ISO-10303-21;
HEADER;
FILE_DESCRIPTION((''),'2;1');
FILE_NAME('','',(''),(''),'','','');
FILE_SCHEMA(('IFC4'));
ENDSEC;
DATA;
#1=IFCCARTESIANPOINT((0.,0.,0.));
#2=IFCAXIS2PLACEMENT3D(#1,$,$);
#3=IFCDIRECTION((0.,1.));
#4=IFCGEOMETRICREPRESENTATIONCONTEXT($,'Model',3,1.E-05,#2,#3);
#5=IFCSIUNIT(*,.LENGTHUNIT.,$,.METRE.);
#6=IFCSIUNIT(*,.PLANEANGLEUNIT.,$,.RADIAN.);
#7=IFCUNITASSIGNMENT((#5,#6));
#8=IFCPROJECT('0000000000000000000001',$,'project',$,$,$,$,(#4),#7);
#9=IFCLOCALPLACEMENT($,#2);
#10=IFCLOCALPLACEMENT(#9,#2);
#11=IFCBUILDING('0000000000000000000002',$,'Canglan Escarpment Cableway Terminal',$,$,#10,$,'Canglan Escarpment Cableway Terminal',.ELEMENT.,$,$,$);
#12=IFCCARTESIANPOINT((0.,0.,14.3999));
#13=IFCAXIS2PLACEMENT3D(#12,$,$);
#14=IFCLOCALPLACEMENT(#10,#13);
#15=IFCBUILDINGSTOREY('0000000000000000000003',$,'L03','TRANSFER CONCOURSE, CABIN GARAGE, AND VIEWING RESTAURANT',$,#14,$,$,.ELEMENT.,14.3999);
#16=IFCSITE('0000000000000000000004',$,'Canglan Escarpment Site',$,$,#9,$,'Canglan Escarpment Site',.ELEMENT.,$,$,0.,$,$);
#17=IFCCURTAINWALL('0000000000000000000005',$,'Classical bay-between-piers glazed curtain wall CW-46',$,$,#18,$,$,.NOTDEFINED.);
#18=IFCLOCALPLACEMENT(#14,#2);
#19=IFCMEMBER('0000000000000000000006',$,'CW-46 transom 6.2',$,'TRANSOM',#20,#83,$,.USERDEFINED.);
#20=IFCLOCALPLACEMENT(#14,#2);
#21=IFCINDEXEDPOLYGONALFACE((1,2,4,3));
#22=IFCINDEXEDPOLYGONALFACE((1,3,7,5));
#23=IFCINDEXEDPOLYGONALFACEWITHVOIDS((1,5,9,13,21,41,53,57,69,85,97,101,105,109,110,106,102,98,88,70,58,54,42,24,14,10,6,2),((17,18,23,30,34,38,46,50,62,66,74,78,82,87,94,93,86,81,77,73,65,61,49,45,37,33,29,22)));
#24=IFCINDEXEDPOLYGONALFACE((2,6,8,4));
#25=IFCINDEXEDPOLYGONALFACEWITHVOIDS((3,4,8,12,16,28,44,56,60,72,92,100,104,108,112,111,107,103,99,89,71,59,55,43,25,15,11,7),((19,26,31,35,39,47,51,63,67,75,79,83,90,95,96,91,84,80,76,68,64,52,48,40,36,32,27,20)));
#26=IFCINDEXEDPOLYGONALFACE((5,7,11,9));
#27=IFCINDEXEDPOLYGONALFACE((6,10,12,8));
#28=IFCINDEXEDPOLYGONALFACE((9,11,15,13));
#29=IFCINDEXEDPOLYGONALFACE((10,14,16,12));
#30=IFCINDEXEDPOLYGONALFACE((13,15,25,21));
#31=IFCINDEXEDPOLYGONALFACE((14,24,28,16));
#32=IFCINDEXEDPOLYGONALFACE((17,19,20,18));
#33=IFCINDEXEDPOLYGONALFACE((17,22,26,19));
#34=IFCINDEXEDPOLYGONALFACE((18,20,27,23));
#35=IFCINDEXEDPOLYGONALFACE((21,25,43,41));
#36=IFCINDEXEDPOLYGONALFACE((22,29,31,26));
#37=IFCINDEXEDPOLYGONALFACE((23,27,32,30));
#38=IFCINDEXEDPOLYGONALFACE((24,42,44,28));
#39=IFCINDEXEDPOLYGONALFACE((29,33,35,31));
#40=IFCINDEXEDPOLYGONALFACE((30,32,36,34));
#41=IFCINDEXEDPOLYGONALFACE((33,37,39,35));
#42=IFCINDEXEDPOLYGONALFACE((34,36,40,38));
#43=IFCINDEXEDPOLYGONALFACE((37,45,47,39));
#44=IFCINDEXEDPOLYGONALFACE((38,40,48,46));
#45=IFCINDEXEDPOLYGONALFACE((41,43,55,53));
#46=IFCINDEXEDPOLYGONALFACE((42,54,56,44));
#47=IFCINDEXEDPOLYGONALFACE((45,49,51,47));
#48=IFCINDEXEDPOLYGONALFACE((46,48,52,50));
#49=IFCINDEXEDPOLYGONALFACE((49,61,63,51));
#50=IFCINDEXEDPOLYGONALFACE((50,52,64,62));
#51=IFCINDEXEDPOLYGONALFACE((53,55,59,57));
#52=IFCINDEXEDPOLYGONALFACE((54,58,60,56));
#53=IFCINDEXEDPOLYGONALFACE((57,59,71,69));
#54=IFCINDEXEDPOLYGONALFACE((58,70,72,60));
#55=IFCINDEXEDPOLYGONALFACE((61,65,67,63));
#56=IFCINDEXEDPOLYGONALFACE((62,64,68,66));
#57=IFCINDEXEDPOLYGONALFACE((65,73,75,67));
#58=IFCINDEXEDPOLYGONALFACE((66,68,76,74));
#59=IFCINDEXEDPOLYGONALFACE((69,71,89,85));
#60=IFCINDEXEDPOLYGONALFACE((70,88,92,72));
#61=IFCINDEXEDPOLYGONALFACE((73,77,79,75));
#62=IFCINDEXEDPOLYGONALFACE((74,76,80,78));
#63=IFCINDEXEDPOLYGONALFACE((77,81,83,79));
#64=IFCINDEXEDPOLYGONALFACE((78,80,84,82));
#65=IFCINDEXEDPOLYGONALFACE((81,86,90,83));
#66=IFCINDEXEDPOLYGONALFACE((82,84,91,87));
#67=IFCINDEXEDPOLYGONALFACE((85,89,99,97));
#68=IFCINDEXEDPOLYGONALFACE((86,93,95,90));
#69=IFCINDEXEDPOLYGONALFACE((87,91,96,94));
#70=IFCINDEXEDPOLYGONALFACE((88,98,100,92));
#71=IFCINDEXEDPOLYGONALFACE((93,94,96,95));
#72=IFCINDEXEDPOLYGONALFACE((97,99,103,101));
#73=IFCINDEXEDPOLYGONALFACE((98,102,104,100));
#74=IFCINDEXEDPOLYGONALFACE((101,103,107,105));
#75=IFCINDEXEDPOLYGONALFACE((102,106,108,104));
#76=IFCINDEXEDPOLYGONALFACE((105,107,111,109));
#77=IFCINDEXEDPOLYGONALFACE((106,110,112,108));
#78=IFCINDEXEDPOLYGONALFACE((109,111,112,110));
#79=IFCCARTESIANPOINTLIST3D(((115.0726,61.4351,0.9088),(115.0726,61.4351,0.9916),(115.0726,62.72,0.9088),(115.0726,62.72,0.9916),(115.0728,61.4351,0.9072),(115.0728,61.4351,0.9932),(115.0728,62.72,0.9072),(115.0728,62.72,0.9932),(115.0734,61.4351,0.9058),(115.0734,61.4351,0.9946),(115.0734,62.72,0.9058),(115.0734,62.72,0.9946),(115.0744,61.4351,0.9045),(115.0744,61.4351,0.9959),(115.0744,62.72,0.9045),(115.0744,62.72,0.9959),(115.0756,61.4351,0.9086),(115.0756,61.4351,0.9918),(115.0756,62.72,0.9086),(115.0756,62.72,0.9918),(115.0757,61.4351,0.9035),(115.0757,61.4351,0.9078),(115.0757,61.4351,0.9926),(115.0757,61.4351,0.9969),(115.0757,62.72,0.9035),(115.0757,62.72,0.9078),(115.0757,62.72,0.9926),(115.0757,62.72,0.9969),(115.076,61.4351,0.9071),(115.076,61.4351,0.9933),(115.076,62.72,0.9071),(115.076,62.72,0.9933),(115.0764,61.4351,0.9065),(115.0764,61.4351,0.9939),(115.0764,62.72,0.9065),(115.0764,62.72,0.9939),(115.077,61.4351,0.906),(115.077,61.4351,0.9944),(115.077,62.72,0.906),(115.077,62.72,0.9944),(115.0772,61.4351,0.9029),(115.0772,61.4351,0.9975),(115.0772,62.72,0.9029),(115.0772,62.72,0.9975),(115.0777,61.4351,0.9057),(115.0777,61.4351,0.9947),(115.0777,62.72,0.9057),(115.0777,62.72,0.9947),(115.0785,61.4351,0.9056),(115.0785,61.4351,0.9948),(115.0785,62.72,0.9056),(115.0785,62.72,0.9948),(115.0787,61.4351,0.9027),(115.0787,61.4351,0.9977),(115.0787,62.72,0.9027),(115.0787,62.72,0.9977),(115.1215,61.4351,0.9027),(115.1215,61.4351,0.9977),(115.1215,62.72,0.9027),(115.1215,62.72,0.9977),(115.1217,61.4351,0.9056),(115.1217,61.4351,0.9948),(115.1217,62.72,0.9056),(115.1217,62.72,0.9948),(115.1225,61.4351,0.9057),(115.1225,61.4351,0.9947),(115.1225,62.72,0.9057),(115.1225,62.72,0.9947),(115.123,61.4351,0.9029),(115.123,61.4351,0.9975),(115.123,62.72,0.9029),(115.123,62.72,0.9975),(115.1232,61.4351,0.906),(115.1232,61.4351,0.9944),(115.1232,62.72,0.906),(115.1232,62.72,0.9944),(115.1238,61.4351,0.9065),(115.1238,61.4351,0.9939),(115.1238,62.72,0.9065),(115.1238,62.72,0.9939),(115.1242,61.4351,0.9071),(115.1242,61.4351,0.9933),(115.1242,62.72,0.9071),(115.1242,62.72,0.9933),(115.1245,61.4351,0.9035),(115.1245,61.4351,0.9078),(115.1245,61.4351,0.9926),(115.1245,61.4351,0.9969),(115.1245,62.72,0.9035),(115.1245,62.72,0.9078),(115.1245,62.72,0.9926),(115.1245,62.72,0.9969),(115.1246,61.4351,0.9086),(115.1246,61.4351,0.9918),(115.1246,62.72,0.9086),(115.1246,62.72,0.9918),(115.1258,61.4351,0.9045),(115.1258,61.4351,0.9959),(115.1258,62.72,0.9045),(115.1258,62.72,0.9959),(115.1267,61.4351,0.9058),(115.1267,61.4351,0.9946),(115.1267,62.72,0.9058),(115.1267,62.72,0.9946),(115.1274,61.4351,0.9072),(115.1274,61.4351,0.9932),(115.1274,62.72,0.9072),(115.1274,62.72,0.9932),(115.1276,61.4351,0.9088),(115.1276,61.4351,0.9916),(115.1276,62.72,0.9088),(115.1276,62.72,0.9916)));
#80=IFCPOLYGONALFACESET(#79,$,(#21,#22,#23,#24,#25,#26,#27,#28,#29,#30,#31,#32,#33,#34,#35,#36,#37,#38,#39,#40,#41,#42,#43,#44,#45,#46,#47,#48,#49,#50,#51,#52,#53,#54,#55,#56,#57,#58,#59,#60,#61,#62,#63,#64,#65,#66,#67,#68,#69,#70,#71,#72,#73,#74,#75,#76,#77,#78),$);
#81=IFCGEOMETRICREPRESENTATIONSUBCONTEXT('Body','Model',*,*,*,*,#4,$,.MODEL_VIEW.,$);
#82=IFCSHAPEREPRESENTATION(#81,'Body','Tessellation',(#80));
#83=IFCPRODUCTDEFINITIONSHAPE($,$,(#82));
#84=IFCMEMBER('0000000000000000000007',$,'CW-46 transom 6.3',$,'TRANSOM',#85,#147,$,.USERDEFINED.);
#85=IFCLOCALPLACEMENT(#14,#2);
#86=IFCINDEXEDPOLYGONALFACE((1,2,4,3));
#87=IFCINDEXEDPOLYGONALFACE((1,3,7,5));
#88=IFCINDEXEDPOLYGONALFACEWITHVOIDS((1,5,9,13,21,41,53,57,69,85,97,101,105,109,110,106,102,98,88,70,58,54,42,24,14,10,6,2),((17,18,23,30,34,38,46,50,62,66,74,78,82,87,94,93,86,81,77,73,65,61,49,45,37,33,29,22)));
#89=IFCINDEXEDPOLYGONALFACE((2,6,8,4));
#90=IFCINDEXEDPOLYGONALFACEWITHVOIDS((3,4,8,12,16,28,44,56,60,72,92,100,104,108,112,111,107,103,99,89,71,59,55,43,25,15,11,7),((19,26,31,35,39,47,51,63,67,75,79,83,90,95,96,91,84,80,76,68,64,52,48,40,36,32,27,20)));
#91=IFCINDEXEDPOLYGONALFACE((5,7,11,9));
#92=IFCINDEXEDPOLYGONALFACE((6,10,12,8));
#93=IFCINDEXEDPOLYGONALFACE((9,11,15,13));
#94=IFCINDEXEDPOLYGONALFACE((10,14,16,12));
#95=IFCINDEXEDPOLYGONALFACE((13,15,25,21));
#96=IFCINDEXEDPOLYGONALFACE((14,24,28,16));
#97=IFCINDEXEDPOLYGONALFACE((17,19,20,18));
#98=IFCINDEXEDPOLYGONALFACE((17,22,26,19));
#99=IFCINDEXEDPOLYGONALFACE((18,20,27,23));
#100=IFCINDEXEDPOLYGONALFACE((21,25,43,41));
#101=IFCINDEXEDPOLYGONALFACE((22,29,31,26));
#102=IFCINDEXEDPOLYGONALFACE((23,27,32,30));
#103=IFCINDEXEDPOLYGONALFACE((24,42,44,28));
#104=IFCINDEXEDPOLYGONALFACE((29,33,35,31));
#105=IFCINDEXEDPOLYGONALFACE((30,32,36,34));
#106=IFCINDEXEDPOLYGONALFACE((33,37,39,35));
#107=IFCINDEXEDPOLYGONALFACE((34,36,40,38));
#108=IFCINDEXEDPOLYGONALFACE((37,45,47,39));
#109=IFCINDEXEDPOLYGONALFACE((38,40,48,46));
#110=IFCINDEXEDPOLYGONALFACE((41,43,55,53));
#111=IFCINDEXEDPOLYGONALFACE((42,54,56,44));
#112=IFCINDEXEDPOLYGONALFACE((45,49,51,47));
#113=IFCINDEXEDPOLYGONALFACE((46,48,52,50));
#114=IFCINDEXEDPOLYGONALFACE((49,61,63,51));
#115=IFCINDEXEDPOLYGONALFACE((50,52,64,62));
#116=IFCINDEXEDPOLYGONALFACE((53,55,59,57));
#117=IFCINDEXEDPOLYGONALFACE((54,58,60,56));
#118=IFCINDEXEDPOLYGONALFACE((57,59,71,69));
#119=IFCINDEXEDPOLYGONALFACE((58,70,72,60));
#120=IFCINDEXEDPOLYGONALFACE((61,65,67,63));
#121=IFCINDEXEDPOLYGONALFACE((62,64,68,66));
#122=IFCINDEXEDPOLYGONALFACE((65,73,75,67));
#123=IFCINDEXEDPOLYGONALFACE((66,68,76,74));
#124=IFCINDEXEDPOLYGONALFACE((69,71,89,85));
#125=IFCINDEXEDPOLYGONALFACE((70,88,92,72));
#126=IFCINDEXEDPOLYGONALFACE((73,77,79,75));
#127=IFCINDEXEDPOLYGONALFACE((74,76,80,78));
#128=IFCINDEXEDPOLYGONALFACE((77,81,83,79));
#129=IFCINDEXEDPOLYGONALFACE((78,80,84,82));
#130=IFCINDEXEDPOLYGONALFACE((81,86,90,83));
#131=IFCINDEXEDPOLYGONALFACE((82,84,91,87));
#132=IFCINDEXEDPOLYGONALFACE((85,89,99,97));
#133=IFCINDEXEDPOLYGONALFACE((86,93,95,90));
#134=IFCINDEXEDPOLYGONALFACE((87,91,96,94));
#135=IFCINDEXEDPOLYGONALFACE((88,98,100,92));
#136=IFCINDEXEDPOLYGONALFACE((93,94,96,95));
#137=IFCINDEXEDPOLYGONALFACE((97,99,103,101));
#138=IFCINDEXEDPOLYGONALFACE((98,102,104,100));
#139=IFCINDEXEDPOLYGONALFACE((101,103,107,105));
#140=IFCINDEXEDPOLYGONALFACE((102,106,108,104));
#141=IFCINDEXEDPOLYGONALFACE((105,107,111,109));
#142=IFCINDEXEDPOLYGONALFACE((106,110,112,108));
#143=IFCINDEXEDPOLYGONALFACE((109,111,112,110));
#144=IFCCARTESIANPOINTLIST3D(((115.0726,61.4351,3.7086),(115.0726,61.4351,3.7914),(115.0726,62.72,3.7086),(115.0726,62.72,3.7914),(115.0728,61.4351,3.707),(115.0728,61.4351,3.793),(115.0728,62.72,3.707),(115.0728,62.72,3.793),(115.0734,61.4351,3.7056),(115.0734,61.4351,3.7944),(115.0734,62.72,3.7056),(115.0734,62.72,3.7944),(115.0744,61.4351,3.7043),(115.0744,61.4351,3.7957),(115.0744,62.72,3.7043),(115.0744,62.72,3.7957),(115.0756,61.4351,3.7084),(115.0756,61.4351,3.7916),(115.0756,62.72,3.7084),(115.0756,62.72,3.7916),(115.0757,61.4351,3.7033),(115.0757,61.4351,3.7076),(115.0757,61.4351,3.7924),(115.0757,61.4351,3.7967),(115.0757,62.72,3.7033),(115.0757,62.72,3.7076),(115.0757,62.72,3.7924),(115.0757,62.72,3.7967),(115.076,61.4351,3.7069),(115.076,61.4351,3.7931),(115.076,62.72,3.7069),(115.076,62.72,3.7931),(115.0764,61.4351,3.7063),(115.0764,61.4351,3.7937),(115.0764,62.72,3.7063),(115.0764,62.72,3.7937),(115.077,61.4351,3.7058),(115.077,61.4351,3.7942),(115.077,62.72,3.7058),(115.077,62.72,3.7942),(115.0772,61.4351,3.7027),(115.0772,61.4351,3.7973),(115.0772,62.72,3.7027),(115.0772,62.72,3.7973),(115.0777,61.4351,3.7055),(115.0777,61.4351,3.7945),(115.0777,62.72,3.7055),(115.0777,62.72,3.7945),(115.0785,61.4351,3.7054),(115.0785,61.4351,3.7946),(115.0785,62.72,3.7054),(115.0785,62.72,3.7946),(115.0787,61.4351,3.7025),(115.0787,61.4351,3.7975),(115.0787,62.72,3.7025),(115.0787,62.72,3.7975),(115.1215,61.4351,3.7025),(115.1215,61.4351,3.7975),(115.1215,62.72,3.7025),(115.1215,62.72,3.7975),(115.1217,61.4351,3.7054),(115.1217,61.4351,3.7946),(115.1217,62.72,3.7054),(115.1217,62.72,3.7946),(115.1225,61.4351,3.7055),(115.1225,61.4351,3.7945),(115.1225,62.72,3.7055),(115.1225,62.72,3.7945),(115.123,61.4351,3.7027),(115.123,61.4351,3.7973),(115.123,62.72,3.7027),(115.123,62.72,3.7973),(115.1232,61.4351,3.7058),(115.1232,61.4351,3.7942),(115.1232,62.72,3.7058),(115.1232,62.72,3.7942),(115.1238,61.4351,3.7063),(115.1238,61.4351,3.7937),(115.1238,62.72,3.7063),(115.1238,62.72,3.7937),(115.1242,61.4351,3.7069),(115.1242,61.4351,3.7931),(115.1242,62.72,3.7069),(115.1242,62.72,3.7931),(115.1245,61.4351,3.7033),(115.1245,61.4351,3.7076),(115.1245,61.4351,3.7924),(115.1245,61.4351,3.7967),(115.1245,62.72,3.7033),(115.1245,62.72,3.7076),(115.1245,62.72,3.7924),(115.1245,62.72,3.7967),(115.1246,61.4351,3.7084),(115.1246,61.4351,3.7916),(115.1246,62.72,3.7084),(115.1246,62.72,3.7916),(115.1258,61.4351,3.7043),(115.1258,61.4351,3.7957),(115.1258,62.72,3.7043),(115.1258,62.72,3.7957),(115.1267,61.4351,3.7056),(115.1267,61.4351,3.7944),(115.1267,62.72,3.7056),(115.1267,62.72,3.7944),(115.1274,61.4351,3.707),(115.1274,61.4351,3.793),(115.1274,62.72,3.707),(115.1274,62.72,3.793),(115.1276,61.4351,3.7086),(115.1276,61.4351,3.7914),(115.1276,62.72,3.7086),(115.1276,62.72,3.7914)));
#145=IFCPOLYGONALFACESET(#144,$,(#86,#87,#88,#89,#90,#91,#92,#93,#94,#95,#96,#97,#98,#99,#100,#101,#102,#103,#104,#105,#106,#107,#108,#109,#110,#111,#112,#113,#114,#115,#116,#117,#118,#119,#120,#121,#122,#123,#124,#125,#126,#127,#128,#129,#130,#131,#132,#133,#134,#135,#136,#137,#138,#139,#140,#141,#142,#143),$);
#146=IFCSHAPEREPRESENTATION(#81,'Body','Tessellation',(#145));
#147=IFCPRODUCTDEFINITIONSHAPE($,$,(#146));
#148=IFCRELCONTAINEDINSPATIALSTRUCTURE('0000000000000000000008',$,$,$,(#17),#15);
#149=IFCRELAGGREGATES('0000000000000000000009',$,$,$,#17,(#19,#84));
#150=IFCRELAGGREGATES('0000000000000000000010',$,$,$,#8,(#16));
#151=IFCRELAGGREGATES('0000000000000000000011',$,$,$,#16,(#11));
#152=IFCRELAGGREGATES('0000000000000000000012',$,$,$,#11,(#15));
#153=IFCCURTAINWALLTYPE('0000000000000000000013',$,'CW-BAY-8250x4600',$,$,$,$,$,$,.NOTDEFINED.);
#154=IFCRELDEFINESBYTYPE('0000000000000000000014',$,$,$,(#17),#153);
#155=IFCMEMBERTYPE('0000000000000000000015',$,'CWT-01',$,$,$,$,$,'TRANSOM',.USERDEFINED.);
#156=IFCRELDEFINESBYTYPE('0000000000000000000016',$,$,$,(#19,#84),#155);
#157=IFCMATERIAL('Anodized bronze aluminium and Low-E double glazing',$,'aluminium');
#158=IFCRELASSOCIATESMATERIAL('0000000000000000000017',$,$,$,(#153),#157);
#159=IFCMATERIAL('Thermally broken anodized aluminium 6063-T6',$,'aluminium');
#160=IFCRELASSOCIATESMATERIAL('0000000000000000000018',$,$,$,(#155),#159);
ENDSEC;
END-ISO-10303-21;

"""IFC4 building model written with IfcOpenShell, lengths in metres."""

from ifc_helpers import new_model, si_unit, direction, frame, origin, origin_2d, place, context, subcontext, project, spatial, hollow_rectangle, extrude, material, material_profile, profile_set, type_object, element, aggregate, save


model = new_model("IFC4")

# Units and contexts
model_context = context("Model", 3, precision=1e-05, world=origin(), true_north=direction((0.0, 1.0)))
body_context = subcontext(model_context, "Body", "Model", "MODEL_VIEW")
ifc_project = project(units=[si_unit("LENGTHUNIT", "METRE"), si_unit("PLANEANGLEUNIT", "RADIAN")], contexts=[model_context])

# Site, building, storey
site_placement = place(None, origin())
site = spatial("IfcSite", under=ifc_project, at=site_placement, Name="Canglan Escarpment Site", LongName="Canglan Escarpment Site", CompositionType="ELEMENT", RefElevation=0.0)
building_placement = place(site_placement, origin())
building = spatial("IfcBuilding", under=site, at=building_placement, Name="Canglan Escarpment Cableway Terminal", LongName="Canglan Escarpment Cableway Terminal", CompositionType="ELEMENT")
storey_placement = place(building_placement, frame((0.0, 0.0, 14.3999)))
storey = spatial("IfcBuildingStorey", under=building, at=storey_placement, Name="L03", Description="TRANSFER CONCOURSE, CABIN GARAGE, AND VIEWING RESTAURANT", CompositionType="ELEMENT", Elevation=14.3999)

# Curtain wall, members
ifc_material_1 = material(Name="Anodized bronze aluminium and Low-E double glazing", Category="aluminium")
curtain_wall_type = type_object("IfcCurtainWallType", Name="CW-BAY-8250x4600", PredefinedType="NOTDEFINED", material=ifc_material_1)
curtain_wall_placement = place(storey_placement, origin())
curtain_wall = element("IfcCurtainWall", 1, at=curtain_wall_placement, inside=storey, type_object=curtain_wall_type, Name="Classical bay-between-piers glazed curtain wall CW-46", PredefinedType="NOTDEFINED")
ifc_material_2 = material(Name="Thermally broken anodized aluminium 6063-T6", Category="aluminium")
ifc_material_profile_1 = material_profile(ifc_material_2, hollow_rectangle(XDim=0.0549, YDim=0.095, WallThickness=0.0029, InnerFilletRadius=0.0029, OuterFilletRadius=0.0061, at=origin_2d()), Name="ALU-TRAN 55x95x3")
ifc_profile_set_1 = profile_set([ifc_material_profile_1], Name="Thermally broken anodized aluminium 6063-T6")
member_type_1 = type_object("IfcMemberType", Name="CWT-01", ElementType="TRANSOM", PredefinedType="USERDEFINED", material=ifc_profile_set_1)
member_1_placement = place(storey_placement, frame((115.1001, 62.72, 0.9502), z_axis=(0.0, -1.0, 0.0), x_axis=(1.0, 0.0, 0.0)))
member_1 = element("IfcMember", 2, at=member_1_placement, type_object=member_type_1, Name="CW-46 transom 6.2", ObjectType="TRANSOM", PredefinedType="USERDEFINED", context=body_context, shape_type="SweptSolid", body=[
    extrude(hollow_rectangle(XDim=0.0549, YDim=0.095, WallThickness=0.0029, InnerFilletRadius=0.0029, OuterFilletRadius=0.0061, at=origin_2d()), origin(), (0.0, 0.0, 1.0), 1.2849),
])
member_2_placement = place(storey_placement, frame((115.1001, 62.72, 3.75), z_axis=(0.0, -1.0, 0.0), x_axis=(1.0, 0.0, 0.0)))
member_2 = element("IfcMember", 3, at=member_2_placement, type_object=member_type_1, Name="CW-46 transom 6.3", ObjectType="TRANSOM", PredefinedType="USERDEFINED", context=body_context, shape_type="SweptSolid", body=[
    extrude(hollow_rectangle(XDim=0.0549, YDim=0.095, WallThickness=0.0029, InnerFilletRadius=0.0029, OuterFilletRadius=0.0061, at=origin_2d()), origin(), (0.0, 0.0, 1.0), 1.2849),
])

aggregate(curtain_wall, [member_1, member_2])

save(model, "model.ifc")
